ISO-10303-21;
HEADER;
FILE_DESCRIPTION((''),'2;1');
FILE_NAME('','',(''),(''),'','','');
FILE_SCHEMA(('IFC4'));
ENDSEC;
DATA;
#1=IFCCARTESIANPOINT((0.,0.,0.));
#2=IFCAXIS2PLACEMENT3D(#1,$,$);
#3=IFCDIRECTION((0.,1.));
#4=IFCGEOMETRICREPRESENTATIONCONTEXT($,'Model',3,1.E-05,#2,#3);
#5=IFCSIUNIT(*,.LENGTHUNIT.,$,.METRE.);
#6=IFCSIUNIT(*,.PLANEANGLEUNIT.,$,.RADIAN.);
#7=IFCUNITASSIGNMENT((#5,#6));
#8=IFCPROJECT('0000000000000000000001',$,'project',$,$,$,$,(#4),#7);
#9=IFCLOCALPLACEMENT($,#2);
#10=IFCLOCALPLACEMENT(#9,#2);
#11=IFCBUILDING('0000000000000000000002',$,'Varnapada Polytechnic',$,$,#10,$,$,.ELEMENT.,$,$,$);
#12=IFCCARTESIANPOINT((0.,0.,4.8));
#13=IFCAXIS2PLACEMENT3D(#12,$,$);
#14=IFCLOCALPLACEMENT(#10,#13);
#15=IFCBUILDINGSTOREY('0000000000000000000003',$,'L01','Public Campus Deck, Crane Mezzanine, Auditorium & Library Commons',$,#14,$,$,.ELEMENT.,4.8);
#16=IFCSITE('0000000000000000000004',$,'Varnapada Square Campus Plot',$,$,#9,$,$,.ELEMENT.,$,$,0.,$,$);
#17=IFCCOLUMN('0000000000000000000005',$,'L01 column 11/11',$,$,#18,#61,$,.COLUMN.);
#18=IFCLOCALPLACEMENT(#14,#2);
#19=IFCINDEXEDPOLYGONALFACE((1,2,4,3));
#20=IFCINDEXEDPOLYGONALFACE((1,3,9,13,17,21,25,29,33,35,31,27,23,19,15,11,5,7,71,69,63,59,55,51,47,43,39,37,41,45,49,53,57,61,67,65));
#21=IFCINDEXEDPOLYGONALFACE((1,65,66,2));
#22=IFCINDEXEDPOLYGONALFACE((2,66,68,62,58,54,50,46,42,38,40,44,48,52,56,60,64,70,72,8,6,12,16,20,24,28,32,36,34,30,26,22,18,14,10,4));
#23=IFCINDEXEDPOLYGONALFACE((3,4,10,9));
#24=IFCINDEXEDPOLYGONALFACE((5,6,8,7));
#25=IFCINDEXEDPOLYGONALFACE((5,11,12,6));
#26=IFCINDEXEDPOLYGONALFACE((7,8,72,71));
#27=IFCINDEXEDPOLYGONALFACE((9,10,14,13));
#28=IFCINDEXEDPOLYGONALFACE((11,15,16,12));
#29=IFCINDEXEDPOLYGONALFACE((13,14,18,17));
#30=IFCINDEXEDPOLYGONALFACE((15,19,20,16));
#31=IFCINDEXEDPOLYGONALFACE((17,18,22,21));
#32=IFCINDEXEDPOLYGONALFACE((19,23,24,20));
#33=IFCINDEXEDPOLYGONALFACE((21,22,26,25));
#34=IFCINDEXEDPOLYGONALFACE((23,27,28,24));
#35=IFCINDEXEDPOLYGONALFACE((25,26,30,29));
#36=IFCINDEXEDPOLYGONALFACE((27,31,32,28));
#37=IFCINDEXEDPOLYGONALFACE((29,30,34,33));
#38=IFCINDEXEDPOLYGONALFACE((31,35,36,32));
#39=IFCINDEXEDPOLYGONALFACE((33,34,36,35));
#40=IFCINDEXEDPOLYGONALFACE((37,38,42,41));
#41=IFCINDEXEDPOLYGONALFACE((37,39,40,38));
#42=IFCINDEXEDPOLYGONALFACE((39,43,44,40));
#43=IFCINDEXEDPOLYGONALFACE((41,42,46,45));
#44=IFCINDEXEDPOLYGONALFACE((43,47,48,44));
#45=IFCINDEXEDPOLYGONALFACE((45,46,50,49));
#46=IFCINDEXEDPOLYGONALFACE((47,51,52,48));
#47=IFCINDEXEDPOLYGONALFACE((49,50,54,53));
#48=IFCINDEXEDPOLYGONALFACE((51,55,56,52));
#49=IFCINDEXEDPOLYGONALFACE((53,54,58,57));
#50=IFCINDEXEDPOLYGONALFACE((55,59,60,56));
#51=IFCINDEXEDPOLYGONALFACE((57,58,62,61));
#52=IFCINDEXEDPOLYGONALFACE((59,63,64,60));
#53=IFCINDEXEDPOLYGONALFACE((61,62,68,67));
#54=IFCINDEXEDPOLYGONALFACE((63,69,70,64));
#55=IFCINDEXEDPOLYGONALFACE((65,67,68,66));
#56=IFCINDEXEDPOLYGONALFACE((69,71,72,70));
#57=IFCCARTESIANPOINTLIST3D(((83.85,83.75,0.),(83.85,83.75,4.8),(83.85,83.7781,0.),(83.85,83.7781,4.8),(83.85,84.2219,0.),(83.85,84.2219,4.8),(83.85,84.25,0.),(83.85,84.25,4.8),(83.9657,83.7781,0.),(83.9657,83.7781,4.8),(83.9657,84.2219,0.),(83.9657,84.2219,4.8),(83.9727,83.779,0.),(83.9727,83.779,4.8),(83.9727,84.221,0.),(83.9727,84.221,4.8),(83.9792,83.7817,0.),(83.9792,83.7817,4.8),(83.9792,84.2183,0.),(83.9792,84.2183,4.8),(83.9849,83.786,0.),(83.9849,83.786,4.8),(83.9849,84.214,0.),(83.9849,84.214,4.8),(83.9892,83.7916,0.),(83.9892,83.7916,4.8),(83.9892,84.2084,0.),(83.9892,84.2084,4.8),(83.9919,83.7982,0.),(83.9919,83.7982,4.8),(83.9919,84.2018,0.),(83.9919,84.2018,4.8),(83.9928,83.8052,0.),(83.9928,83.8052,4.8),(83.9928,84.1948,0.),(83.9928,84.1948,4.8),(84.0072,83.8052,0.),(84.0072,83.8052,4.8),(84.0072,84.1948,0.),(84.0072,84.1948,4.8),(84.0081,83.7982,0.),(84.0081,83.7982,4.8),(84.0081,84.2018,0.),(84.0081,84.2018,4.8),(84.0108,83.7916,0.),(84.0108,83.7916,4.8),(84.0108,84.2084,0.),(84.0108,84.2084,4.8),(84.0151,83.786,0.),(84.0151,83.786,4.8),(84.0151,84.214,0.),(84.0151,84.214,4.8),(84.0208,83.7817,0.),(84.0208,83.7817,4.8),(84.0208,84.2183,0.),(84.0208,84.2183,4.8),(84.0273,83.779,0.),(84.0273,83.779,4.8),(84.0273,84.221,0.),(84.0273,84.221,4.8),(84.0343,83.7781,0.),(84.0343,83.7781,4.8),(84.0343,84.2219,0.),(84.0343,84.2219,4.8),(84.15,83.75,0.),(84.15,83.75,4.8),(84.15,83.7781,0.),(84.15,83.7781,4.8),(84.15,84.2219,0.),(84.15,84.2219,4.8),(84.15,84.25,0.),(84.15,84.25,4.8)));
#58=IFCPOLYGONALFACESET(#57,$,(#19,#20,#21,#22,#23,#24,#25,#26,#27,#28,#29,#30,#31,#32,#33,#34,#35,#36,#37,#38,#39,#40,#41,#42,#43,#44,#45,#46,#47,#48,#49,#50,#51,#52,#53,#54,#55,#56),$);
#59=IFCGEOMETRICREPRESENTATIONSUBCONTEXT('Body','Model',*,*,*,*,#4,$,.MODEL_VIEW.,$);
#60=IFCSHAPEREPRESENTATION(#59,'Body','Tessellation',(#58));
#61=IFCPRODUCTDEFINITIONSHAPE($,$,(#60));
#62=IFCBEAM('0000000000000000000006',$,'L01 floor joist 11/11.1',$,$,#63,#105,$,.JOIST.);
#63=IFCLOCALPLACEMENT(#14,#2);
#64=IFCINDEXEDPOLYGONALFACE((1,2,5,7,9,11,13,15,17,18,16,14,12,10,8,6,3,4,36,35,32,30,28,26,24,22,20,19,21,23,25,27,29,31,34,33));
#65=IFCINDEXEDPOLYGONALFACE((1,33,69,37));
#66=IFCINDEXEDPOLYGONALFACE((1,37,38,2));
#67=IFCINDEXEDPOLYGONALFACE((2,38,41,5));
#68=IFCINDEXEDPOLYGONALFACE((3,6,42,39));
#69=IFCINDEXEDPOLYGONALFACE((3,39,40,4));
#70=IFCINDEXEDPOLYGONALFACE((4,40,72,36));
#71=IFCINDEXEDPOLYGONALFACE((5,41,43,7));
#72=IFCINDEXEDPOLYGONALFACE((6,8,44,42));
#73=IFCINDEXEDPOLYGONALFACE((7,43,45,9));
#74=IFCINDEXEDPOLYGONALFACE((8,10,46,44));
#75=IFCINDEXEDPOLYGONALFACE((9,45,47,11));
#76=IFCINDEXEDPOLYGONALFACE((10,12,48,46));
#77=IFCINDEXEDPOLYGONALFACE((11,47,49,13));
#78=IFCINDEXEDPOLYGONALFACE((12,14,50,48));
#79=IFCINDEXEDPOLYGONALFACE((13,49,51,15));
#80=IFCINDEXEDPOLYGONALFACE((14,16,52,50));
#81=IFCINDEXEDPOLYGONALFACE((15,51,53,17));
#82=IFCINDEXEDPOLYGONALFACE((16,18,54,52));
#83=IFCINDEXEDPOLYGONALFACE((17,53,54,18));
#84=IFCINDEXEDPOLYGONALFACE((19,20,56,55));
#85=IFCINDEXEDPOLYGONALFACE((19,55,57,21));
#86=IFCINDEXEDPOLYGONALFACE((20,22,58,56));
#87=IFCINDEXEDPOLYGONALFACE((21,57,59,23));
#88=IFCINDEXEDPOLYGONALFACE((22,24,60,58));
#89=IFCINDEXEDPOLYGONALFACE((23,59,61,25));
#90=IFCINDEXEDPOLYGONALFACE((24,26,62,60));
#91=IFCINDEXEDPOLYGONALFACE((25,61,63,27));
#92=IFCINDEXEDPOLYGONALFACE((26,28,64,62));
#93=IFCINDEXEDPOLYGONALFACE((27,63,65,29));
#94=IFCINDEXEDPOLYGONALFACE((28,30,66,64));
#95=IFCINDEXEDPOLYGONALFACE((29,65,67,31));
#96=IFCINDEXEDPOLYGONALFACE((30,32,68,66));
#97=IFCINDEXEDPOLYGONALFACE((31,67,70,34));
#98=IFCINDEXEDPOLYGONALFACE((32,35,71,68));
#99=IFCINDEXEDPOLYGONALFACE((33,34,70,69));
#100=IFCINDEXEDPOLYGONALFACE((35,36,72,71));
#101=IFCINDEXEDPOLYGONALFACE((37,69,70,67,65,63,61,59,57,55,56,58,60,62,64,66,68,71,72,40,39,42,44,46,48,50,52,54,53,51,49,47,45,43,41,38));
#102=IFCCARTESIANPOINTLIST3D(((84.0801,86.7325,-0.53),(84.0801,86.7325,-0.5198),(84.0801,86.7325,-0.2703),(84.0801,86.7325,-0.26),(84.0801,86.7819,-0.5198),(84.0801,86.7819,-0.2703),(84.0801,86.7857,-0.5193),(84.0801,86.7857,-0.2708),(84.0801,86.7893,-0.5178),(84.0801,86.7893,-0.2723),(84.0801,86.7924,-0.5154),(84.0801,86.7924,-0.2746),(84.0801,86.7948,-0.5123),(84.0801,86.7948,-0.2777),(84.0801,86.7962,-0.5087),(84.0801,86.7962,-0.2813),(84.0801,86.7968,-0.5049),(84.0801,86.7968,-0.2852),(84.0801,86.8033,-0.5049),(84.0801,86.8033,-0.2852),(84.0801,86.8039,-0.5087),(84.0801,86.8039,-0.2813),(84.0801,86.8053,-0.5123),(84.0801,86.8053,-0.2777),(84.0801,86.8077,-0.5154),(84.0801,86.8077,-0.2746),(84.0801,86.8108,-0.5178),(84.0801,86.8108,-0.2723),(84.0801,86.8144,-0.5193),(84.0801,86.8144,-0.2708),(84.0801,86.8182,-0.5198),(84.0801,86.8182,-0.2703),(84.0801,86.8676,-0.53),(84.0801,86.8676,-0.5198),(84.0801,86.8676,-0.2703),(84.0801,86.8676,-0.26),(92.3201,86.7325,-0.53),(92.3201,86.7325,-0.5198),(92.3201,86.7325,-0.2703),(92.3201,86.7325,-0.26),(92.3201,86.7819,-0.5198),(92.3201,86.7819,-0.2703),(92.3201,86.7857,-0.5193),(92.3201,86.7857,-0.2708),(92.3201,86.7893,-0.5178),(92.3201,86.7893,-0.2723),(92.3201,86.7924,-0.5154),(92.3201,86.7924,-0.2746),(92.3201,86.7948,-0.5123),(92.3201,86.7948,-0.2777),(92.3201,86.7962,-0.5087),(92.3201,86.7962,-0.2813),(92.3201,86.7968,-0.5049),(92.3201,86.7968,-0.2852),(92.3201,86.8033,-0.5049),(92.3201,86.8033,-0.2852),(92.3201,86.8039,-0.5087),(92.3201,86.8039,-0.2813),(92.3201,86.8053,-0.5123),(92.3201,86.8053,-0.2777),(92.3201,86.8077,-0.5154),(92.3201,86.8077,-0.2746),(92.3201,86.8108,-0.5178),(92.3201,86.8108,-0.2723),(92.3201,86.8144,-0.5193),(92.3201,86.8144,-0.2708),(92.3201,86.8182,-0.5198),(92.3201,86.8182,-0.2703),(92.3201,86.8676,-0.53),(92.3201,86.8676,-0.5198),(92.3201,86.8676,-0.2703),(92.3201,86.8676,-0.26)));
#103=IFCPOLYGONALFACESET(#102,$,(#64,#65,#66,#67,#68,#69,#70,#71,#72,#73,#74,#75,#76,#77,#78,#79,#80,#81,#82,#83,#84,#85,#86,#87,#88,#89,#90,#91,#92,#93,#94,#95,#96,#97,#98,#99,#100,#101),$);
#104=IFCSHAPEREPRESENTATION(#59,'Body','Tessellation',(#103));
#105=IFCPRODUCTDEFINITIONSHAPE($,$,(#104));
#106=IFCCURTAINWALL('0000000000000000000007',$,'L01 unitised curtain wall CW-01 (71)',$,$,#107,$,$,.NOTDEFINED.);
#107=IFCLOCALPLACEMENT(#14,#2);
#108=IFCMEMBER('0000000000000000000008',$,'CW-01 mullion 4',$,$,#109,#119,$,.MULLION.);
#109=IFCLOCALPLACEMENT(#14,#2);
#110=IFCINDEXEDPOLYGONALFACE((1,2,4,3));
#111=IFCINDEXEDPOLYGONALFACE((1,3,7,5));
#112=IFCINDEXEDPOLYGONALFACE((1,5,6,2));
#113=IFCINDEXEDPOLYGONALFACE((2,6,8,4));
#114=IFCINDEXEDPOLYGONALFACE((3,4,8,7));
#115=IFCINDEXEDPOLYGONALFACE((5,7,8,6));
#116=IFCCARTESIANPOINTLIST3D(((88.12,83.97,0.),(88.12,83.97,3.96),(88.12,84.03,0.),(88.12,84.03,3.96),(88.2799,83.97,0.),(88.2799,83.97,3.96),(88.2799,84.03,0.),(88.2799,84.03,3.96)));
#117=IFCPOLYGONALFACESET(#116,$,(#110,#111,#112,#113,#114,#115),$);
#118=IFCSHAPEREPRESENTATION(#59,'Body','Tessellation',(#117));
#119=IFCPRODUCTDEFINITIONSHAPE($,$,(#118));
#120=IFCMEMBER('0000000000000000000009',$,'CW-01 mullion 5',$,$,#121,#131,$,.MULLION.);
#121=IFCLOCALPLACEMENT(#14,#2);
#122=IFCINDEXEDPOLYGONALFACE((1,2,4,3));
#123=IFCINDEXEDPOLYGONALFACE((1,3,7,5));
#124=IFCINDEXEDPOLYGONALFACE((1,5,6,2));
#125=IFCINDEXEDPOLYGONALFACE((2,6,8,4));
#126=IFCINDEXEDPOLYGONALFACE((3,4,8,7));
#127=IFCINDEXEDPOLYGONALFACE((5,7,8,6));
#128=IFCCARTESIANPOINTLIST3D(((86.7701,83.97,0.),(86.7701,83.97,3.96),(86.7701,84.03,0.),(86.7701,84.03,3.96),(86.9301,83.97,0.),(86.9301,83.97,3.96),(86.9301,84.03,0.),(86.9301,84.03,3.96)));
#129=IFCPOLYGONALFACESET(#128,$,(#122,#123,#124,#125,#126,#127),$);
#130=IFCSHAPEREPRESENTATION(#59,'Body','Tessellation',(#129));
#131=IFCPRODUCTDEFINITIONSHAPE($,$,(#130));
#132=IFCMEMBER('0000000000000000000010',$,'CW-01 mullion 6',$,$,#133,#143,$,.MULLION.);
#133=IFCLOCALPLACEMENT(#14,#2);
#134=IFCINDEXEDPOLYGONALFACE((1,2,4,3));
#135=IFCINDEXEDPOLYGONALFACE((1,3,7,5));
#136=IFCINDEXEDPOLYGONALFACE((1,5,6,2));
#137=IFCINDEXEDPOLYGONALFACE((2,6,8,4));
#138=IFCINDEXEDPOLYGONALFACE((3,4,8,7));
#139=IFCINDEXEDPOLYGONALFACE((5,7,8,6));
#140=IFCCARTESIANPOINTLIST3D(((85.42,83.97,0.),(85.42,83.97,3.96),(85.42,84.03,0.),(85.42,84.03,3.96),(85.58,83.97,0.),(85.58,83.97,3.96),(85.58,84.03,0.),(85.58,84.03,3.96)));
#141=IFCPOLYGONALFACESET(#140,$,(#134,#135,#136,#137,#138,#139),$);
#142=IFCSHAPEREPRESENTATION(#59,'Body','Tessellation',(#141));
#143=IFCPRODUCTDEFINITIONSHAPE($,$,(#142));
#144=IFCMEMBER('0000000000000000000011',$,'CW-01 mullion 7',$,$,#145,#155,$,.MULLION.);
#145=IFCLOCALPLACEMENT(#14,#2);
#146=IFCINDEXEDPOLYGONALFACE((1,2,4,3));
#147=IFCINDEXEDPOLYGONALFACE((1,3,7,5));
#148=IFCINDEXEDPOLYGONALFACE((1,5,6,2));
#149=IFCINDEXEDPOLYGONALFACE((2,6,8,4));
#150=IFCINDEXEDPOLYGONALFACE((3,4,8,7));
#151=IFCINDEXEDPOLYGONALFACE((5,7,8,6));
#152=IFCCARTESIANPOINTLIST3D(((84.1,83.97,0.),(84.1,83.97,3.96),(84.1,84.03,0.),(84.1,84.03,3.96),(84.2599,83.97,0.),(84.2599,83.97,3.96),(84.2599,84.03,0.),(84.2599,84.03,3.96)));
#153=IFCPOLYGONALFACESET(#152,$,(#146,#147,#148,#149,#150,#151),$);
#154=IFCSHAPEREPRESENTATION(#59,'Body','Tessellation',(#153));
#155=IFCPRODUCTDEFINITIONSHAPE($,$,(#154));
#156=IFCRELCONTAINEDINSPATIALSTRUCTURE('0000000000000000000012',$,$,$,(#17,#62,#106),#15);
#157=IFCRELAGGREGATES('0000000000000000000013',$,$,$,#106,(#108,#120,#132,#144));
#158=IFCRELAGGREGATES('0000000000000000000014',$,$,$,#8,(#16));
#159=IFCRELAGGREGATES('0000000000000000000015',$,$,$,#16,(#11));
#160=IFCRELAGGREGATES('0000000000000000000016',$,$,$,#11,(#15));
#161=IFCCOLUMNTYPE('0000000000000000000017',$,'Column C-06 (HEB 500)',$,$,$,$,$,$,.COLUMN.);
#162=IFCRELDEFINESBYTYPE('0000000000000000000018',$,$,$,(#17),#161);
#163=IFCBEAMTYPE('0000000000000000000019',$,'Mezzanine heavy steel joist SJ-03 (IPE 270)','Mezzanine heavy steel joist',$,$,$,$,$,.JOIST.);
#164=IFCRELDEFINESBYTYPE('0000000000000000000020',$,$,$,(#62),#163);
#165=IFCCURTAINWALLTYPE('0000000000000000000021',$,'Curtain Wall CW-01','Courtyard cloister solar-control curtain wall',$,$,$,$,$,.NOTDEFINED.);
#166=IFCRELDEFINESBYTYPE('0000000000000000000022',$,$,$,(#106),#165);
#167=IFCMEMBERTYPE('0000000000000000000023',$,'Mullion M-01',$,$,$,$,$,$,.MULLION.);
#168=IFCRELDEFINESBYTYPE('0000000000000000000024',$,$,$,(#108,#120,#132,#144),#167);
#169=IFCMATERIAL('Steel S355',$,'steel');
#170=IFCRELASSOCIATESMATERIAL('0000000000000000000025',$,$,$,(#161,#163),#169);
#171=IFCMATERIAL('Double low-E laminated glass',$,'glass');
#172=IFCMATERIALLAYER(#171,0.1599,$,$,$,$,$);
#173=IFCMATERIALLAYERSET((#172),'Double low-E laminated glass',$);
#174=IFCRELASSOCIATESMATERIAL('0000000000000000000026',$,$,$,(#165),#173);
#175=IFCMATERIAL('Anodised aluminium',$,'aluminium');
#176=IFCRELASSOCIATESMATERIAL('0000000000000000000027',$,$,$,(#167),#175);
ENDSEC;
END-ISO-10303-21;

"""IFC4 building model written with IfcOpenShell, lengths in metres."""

from ifc_helpers import new_model, si_unit, direction, frame, origin, origin_2d, place, context, subcontext, project, spatial, rectangle, i_section, extrude, material, layer, layer_set, material_profile, profile_set, type_object, element, aggregate, save


model = new_model("IFC4")

# Units and contexts
model_context = context("Model", 3, precision=1e-05, world=origin(), true_north=direction((0.0, 1.0)))
body_context = subcontext(model_context, "Body", "Model", "MODEL_VIEW")
ifc_project = project(units=[si_unit("LENGTHUNIT", "METRE"), si_unit("PLANEANGLEUNIT", "RADIAN")], contexts=[model_context])

# Site, building, storey
site_placement = place(None, origin())
site = spatial("IfcSite", under=ifc_project, at=site_placement, Name="Varnapada Square Campus Plot", CompositionType="ELEMENT", RefElevation=0.0)
building_placement = place(site_placement, origin())
building = spatial("IfcBuilding", under=site, at=building_placement, Name="Varnapada Polytechnic", CompositionType="ELEMENT")
storey_placement = place(building_placement, frame((0.0, 0.0, 4.8)))
storey = spatial("IfcBuildingStorey", under=building, at=storey_placement, Name="L01", Description="Public Campus Deck, Crane Mezzanine, Auditorium & Library Commons", CompositionType="ELEMENT", Elevation=4.8)

# Column
ifc_material_1 = material(Name="Steel S355", Category="steel")
ifc_material_profile_1 = material_profile(ifc_material_1, i_section(OverallWidth=0.3, OverallDepth=0.5, WebThickness=0.0144, FlangeThickness=0.0281, FilletRadius=0.0271, at=origin_2d()), Name="HEB 500")
ifc_profile_set_1 = profile_set([ifc_material_profile_1], Name="Steel S355")
column_type = type_object("IfcColumnType", Name="Column C-06 (HEB 500)", PredefinedType="COLUMN", material=ifc_profile_set_1)
column_placement = place(storey_placement, frame((84.0, 84.0, 0.0), z_axis=(0.0, 0.0, 1.0), x_axis=(1.0, 0.0, 0.0)))
element("IfcColumn", 1, at=column_placement, inside=storey, type_object=column_type, Name="L01 column 11/11", PredefinedType="COLUMN", context=body_context, shape_type="SweptSolid", body=[
    extrude(i_section(OverallWidth=0.3, OverallDepth=0.5, WebThickness=0.0144, FlangeThickness=0.0281, FilletRadius=0.0271, at=origin_2d()), origin(), (0.0, 0.0, 1.0), 4.8),
])

# Beam
ifc_material_profile_2 = material_profile(ifc_material_1, i_section(OverallWidth=0.135, OverallDepth=0.27, WebThickness=0.0066, FlangeThickness=0.0103, FilletRadius=0.0149, at=origin_2d()), Name="IPE 270")
ifc_profile_set_2 = profile_set([ifc_material_profile_2], Name="Steel S355")
beam_type_1 = type_object("IfcBeamType", Name="Mezzanine heavy steel joist SJ-03 (IPE 270)", Description="Mezzanine heavy steel joist", PredefinedType="JOIST", material=ifc_profile_set_2)
beam_1_placement = place(storey_placement, frame((84.0801, 86.8, -0.395), z_axis=(1.0, 0.0, 0.0), x_axis=(0.0, 1.0, 0.0)))
element("IfcBeam", 2, at=beam_1_placement, inside=storey, type_object=beam_type_1, Name="L01 floor joist 11/11.1", PredefinedType="JOIST", context=body_context, shape_type="SweptSolid", body=[
    extrude(i_section(OverallWidth=0.135, OverallDepth=0.27, WebThickness=0.0066, FlangeThickness=0.0103, FilletRadius=0.0149, at=origin_2d()), origin(), (0.0, 0.0, 1.0), 8.24),
])

# Curtain wall, members
ifc_material_2 = material(Name="Double low-E laminated glass", Category="glass")
ifc_layer_1 = layer(ifc_material_2, 0.1599)
ifc_layer_set_1 = layer_set([ifc_layer_1], Name="Double low-E laminated glass")
curtain_wall_type = type_object("IfcCurtainWallType", Name="Curtain Wall CW-01", Description="Courtyard cloister solar-control curtain wall", PredefinedType="NOTDEFINED", material=ifc_layer_set_1)
curtain_wall_placement = place(storey_placement, origin())
curtain_wall = element("IfcCurtainWall", 3, at=curtain_wall_placement, inside=storey, type_object=curtain_wall_type, Name="L01 unitised curtain wall CW-01 (71)", PredefinedType="NOTDEFINED")
ifc_material_3 = material(Name="Anodised aluminium", Category="aluminium")
ifc_material_profile_3 = material_profile(ifc_material_3, rectangle(XDim=0.0601, YDim=0.1599, at=origin_2d()), Name="ALU M60x160")
ifc_profile_set_3 = profile_set([ifc_material_profile_3], Name="Anodised aluminium")
member_type_1 = type_object("IfcMemberType", Name="Mullion M-01", PredefinedType="MULLION", material=ifc_profile_set_3)
member_1_placement = place(storey_placement, frame((88.2, 84.0, 0.0), z_axis=(0.0, 0.0, 1.0), x_axis=(0.0, -1.0, 0.0)))
member_1 = element("IfcMember", 4, at=member_1_placement, type_object=member_type_1, Name="CW-01 mullion 4", PredefinedType="MULLION", context=body_context, shape_type="SweptSolid", body=[
    extrude(rectangle(XDim=0.0601, YDim=0.1599, at=origin_2d()), origin(), (0.0, 0.0, 1.0), 3.96),
])
member_2_placement = place(storey_placement, frame((86.8501, 84.0, 0.0), z_axis=(0.0, 0.0, 1.0), x_axis=(0.0, -1.0, 0.0)))
member_2 = element("IfcMember", 5, at=member_2_placement, type_object=member_type_1, Name="CW-01 mullion 5", PredefinedType="MULLION", context=body_context, shape_type="SweptSolid", body=[
    extrude(rectangle(XDim=0.0601, YDim=0.1599, at=origin_2d()), origin(), (0.0, 0.0, 1.0), 3.96),
])
member_3_placement = place(storey_placement, frame((85.5, 84.0, 0.0), z_axis=(0.0, 0.0, 1.0), x_axis=(0.0, -1.0, 0.0)))
member_3 = element("IfcMember", 6, at=member_3_placement, type_object=member_type_1, Name="CW-01 mullion 6", PredefinedType="MULLION", context=body_context, shape_type="SweptSolid", body=[
    extrude(rectangle(XDim=0.0601, YDim=0.1599, at=origin_2d()), origin(), (0.0, 0.0, 1.0), 3.96),
])
member_4_placement = place(storey_placement, frame((84.1799, 84.0, 0.0), z_axis=(0.0, 0.0, 1.0), x_axis=(0.0, -1.0, 0.0)))
member_4 = element("IfcMember", 7, at=member_4_placement, type_object=member_type_1, Name="CW-01 mullion 7", PredefinedType="MULLION", context=body_context, shape_type="SweptSolid", body=[
    extrude(rectangle(XDim=0.0601, YDim=0.1599, at=origin_2d()), origin(), (0.0, 0.0, 1.0), 3.96),
])

aggregate(curtain_wall, [member_1, member_2, member_3, member_4])

save(model, "model.ifc")
